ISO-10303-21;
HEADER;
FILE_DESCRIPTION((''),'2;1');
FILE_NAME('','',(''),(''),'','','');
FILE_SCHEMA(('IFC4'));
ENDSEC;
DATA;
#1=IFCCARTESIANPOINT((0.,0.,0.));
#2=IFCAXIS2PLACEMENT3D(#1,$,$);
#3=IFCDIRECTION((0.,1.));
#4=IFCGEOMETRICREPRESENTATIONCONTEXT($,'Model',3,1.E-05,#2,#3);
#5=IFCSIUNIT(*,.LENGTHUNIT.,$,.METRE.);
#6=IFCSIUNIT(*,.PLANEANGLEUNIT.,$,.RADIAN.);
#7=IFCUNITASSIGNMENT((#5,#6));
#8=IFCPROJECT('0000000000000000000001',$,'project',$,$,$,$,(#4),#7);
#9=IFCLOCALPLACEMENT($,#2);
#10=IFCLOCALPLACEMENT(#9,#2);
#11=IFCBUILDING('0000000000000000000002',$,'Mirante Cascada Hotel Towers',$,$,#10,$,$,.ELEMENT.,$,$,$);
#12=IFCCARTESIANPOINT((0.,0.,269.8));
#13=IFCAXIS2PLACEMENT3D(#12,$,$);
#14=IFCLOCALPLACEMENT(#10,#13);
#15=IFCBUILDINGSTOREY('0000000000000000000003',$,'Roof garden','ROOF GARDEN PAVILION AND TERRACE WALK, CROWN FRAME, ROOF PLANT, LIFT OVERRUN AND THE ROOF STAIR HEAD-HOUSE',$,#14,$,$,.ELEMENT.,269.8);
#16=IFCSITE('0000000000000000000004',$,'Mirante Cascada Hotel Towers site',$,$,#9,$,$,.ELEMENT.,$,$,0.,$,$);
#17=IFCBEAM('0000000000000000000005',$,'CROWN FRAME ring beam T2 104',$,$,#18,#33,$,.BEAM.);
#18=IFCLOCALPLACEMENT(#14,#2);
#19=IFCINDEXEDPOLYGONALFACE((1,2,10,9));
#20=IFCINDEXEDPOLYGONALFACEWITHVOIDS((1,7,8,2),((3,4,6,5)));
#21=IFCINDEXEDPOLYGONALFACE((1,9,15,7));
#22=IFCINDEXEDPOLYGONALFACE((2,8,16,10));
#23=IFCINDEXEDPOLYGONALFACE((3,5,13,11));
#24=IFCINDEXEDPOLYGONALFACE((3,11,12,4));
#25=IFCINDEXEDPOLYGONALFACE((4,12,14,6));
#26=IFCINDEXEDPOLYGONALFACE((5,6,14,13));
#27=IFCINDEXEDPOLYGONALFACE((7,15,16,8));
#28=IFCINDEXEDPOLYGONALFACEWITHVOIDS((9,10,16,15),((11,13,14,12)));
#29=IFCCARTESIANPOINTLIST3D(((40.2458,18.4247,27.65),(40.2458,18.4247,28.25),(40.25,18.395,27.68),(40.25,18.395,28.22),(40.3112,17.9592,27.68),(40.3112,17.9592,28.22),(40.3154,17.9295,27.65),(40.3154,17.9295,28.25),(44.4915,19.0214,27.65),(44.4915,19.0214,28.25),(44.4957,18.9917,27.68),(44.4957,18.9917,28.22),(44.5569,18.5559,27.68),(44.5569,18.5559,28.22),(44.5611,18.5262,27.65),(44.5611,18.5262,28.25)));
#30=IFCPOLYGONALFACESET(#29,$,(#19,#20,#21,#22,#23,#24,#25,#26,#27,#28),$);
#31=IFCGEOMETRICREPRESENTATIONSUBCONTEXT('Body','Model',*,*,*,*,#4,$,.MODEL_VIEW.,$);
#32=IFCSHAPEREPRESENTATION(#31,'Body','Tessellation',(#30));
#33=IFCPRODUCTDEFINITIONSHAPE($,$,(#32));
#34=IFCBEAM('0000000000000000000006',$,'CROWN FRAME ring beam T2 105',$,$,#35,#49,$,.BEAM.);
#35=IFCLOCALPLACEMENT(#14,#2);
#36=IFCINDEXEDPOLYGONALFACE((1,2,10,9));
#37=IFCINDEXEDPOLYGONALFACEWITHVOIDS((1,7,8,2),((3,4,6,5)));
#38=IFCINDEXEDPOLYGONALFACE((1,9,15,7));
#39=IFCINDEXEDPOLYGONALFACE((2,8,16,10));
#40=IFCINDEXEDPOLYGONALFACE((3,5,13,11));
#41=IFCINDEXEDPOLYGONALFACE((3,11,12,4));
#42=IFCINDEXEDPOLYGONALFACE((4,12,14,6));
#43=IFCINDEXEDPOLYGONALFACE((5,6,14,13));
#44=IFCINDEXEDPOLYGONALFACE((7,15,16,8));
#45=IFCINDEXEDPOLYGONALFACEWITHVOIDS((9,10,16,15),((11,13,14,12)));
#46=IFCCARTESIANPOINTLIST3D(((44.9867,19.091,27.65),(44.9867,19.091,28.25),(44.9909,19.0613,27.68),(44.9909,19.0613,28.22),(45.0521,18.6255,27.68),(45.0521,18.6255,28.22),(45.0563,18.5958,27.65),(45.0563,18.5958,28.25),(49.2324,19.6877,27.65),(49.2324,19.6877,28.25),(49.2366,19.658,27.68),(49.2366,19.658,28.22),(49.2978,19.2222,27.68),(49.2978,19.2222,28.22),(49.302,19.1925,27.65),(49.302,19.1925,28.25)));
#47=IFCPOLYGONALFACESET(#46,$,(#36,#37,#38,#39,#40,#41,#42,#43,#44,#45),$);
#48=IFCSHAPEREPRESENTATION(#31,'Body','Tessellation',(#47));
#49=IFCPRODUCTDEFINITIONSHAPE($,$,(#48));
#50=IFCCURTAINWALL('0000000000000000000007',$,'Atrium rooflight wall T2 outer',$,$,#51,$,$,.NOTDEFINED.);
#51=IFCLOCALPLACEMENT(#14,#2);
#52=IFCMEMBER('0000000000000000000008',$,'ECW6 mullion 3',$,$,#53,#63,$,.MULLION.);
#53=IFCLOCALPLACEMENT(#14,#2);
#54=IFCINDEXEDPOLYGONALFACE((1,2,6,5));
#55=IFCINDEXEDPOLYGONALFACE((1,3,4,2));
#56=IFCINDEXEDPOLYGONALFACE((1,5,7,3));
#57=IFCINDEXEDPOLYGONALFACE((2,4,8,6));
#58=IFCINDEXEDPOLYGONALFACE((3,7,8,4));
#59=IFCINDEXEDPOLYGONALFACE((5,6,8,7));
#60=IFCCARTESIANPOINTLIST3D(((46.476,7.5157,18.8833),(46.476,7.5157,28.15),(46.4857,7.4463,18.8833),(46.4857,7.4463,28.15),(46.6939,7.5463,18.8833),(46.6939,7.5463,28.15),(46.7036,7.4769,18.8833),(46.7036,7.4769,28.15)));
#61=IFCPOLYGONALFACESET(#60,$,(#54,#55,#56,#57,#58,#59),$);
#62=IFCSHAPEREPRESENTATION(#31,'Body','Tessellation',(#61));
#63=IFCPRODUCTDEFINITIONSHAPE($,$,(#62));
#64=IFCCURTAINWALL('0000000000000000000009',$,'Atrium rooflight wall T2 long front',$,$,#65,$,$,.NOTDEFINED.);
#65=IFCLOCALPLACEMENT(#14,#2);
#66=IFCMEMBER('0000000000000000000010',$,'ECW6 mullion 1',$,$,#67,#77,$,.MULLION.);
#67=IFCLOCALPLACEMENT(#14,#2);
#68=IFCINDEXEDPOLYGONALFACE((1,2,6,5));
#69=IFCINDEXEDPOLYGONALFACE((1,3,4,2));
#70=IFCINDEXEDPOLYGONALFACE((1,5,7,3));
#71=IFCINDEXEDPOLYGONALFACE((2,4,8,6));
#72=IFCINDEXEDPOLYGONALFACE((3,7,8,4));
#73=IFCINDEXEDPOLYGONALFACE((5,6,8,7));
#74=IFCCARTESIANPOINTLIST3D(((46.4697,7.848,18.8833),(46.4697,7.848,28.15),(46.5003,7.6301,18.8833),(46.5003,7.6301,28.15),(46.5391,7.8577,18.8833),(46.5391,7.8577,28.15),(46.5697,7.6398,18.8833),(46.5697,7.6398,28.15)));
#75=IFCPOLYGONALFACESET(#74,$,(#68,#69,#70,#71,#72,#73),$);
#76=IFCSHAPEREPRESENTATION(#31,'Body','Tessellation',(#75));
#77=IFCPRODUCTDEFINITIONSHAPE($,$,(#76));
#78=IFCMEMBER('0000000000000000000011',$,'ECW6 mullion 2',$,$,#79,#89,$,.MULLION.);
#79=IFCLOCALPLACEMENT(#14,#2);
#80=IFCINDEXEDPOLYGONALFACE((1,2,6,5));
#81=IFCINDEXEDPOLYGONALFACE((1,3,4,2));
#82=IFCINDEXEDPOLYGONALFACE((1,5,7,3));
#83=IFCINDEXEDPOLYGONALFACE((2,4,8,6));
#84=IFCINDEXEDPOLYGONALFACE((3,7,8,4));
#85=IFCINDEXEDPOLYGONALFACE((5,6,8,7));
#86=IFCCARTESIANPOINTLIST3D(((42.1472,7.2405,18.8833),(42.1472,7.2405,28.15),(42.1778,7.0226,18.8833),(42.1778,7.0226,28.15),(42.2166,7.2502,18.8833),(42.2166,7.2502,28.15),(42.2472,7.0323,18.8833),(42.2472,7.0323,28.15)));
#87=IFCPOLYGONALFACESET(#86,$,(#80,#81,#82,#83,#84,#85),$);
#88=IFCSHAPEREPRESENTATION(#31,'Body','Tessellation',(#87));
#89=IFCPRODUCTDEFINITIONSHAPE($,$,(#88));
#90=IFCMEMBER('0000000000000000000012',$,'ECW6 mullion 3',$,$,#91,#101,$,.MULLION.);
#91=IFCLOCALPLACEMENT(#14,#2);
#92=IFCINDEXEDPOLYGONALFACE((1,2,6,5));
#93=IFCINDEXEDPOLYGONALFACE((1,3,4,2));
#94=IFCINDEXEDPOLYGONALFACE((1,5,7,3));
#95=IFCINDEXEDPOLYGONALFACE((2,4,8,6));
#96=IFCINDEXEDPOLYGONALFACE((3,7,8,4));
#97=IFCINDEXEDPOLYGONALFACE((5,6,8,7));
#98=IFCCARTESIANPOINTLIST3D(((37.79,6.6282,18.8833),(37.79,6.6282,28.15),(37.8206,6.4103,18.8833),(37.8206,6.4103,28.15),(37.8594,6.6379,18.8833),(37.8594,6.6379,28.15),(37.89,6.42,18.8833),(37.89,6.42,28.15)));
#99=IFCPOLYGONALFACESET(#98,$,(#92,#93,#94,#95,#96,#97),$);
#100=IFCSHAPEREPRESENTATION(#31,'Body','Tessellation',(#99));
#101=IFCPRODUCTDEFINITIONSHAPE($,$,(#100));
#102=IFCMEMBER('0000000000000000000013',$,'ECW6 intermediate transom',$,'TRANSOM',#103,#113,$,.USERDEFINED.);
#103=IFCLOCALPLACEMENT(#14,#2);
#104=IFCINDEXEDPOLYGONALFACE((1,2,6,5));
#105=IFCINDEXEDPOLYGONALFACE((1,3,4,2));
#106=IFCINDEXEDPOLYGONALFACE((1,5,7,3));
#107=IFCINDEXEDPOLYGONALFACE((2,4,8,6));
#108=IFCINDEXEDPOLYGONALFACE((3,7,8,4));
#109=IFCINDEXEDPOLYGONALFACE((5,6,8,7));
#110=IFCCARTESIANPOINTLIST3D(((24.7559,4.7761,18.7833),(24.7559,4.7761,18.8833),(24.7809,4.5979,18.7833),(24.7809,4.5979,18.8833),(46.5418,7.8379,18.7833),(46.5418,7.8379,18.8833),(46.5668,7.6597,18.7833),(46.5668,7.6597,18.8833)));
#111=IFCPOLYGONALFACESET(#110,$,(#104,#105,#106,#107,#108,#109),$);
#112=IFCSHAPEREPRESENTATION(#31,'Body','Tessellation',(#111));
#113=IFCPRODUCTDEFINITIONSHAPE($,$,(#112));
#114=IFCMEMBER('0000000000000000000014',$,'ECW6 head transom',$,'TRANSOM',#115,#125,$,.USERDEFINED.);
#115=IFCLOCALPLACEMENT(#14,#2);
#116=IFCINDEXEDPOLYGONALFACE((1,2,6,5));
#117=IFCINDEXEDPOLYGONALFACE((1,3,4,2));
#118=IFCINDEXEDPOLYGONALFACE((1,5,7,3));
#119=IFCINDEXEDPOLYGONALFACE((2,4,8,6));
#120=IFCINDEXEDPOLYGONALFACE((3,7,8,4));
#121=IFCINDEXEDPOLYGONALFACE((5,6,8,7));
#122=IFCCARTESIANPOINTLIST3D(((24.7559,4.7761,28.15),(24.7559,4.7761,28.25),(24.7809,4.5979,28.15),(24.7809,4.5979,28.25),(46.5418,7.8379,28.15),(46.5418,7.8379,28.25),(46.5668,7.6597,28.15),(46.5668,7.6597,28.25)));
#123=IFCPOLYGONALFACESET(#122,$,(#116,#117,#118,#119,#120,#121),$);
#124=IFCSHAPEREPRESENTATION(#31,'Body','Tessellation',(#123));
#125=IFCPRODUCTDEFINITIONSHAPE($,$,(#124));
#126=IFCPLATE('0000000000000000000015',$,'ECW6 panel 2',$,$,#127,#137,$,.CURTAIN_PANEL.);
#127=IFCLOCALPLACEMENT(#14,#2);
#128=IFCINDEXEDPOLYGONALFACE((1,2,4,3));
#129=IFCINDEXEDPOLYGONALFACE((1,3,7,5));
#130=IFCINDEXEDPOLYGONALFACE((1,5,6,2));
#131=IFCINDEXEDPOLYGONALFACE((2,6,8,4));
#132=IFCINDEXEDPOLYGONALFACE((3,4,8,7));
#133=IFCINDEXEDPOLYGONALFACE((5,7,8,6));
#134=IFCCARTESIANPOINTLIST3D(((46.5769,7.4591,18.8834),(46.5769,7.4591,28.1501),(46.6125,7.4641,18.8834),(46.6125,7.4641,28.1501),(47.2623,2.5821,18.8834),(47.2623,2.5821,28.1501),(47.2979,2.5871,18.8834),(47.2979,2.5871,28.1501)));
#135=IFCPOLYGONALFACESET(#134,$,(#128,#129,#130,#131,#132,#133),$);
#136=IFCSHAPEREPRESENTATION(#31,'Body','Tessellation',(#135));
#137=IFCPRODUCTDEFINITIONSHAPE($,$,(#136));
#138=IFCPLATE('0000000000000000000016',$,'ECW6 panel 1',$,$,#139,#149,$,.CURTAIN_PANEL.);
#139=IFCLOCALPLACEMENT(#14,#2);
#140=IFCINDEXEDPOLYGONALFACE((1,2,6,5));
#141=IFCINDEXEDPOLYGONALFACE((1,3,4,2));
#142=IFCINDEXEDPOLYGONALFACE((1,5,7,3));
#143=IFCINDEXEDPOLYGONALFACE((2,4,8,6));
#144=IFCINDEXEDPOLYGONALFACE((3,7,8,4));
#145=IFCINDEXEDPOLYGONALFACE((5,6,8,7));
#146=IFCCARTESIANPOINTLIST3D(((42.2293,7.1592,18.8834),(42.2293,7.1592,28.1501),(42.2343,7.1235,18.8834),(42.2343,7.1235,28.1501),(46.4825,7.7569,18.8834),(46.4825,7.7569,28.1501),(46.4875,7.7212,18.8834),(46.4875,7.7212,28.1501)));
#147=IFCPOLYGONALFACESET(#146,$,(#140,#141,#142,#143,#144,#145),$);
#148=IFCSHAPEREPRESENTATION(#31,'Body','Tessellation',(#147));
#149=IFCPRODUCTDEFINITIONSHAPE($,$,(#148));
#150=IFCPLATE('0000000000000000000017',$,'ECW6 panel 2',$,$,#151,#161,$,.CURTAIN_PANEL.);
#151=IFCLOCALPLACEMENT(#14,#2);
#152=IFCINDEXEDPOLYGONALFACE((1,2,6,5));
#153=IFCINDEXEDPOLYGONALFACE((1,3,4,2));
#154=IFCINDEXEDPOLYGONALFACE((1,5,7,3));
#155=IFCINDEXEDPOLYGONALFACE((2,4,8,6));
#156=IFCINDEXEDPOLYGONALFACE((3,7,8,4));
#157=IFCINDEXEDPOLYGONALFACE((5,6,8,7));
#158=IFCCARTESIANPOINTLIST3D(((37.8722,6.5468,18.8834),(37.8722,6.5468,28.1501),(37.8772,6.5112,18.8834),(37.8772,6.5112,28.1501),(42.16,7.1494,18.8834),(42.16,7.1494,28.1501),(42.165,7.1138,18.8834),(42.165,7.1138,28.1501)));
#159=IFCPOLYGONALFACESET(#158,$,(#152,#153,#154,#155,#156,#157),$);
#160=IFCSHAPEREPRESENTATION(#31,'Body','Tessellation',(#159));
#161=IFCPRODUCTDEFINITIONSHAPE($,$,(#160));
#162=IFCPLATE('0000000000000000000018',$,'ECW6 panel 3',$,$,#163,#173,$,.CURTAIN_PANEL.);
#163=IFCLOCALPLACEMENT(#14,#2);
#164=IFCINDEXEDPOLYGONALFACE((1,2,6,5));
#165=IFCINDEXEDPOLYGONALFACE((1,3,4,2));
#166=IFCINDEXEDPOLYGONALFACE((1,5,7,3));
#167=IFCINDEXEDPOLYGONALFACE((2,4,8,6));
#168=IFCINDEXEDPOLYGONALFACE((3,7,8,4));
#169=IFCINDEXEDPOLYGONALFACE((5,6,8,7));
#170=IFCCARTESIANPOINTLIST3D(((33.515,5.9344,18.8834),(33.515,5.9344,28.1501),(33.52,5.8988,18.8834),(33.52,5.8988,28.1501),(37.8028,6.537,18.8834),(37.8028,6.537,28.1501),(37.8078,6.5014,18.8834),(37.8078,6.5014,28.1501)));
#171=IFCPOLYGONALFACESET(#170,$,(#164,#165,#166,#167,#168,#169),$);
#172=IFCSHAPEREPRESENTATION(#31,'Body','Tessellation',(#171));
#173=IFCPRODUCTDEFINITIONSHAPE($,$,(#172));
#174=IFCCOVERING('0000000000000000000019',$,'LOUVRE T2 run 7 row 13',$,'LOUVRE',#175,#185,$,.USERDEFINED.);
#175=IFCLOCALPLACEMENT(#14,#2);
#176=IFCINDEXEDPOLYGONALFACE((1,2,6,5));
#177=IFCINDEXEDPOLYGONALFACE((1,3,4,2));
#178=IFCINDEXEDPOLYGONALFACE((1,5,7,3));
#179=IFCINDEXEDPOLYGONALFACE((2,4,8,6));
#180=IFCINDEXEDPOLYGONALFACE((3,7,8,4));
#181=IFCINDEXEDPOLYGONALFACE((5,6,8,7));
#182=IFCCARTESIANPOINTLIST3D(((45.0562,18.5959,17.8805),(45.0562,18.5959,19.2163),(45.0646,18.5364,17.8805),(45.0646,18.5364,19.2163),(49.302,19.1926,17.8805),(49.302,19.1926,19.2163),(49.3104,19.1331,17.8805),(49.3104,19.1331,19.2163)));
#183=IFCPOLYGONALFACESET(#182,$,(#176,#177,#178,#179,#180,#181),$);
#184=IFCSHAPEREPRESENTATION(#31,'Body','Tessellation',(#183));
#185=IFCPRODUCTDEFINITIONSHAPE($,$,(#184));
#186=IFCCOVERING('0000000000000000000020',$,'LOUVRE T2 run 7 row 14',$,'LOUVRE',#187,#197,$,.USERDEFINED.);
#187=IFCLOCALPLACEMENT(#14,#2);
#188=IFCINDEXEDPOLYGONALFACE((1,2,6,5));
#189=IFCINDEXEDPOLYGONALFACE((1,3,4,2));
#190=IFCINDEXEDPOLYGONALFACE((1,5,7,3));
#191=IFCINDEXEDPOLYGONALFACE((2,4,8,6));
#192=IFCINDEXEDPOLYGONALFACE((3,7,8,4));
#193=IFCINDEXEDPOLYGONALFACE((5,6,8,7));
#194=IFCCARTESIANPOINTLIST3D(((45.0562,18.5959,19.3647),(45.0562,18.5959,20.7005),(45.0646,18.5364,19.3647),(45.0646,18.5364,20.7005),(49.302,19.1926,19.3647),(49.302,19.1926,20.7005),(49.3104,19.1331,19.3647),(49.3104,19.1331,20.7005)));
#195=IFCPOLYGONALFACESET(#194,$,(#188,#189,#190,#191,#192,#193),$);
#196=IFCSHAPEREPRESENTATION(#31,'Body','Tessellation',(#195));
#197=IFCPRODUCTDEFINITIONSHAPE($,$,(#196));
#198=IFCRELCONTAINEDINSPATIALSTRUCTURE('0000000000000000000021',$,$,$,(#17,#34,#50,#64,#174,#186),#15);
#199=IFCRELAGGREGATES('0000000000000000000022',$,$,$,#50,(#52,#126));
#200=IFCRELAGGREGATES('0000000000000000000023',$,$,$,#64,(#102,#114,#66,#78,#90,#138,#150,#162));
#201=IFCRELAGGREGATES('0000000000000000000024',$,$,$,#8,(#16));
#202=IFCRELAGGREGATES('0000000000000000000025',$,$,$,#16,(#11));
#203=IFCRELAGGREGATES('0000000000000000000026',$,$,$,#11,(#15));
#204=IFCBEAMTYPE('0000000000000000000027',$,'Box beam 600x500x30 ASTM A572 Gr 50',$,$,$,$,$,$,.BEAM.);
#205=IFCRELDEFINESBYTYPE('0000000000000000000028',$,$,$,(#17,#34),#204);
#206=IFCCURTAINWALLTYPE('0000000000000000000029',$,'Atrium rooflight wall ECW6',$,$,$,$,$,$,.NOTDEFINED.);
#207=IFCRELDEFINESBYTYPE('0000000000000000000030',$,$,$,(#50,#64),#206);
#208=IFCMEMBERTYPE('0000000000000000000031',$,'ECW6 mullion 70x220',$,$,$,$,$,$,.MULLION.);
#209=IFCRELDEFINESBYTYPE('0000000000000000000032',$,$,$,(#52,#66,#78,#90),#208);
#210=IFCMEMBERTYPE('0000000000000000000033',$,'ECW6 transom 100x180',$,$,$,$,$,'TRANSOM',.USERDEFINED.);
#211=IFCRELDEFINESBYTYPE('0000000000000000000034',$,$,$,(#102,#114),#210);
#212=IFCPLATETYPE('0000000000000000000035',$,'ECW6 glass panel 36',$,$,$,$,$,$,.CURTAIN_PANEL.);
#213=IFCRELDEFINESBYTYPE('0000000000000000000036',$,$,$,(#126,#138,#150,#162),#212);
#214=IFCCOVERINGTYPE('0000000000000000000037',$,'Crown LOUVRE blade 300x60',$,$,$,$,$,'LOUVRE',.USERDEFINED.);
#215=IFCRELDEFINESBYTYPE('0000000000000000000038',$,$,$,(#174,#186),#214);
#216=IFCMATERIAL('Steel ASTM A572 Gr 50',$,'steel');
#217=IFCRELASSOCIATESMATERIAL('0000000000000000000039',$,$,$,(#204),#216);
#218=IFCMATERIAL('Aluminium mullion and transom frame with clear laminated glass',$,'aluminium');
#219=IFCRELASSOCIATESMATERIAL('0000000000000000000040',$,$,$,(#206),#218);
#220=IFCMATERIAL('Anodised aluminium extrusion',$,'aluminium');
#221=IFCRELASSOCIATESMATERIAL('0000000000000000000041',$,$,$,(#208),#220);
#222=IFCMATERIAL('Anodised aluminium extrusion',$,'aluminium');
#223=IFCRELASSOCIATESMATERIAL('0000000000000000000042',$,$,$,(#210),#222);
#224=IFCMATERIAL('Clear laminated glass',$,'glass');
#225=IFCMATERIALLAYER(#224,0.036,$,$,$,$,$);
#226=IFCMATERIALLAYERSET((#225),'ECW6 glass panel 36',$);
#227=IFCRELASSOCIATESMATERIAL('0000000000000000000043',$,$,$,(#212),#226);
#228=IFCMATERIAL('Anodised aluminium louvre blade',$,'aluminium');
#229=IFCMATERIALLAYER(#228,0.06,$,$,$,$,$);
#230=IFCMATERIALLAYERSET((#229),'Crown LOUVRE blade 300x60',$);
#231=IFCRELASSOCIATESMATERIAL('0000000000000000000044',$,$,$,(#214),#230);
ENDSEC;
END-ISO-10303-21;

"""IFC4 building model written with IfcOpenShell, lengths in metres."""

from ifc_helpers import new_model, si_unit, direction, frame, origin, origin_2d, place, context, subcontext, project, spatial, rectangle, hollow_rectangle, extrude, material, layer, layer_set, material_profile, profile_set, type_object, element, aggregate, save


model = new_model("IFC4")

# Units and contexts
model_context = context("Model", 3, precision=1e-05, world=origin(), true_north=direction((0.0, 1.0)))
body_context = subcontext(model_context, "Body", "Model", "MODEL_VIEW")
ifc_project = project(units=[si_unit("LENGTHUNIT", "METRE"), si_unit("PLANEANGLEUNIT", "RADIAN")], contexts=[model_context])

# Site, building, storey
site_placement = place(None, origin())
site = spatial("IfcSite", under=ifc_project, at=site_placement, Name="Mirante Cascada Hotel Towers site", CompositionType="ELEMENT", RefElevation=0.0)
building_placement = place(site_placement, origin())
building = spatial("IfcBuilding", under=site, at=building_placement, Name="Mirante Cascada Hotel Towers", CompositionType="ELEMENT")
storey_placement = place(building_placement, frame((0.0, 0.0, 269.8)))
storey = spatial("IfcBuildingStorey", under=building, at=storey_placement, Name="Roof garden", Description="ROOF GARDEN PAVILION AND TERRACE WALK, CROWN FRAME, ROOF PLANT, LIFT OVERRUN AND THE ROOF STAIR HEAD-HOUSE", CompositionType="ELEMENT", Elevation=269.8)

# Beams
ifc_material_1 = material(Name="Steel ASTM A572 Gr 50", Category="steel")
ifc_material_profile_1 = material_profile(ifc_material_1, hollow_rectangle(XDim=0.5, YDim=0.6, WallThickness=0.03, at=origin_2d()), Name="Box beam 600x500x30 ASTM A572 Gr 50")
ifc_profile_set_1 = profile_set([ifc_material_profile_1], Name="Steel ASTM A572 Gr 50")
beam_type = type_object("IfcBeamType", Name="Box beam 600x500x30 ASTM A572 Gr 50", PredefinedType="BEAM", material=ifc_profile_set_1)
for number, where, z_axis, x_axis, name in (
    (1, (40.2806, 18.1771, 27.95), (0.990268, 0.139174, 0.0), (-0.139174, 0.990268, 0.0), "CROWN FRAME ring beam T2 104"),
    (2, (45.0215, 18.8434, 27.95), (0.990268, 0.139174, 0.0), (-0.139174, 0.990268, 0.0), "CROWN FRAME ring beam T2 105"),
):
    element("IfcBeam", number, at=place(storey_placement, frame(where, z_axis=z_axis, x_axis=x_axis)), inside=storey, type_object=beam_type, Name=name, PredefinedType="BEAM", context=body_context, shape_type="SweptSolid", body=[
        extrude(hollow_rectangle(XDim=0.5, YDim=0.6, WallThickness=0.03, at=origin_2d()), origin(), (0.0, 0.0, 1.0), 4.2874),
    ])

# Curtain wall, member
ifc_material_2 = material(Name="Aluminium mullion and transom frame with clear laminated glass", Category="aluminium")
curtain_wall_type = type_object("IfcCurtainWallType", Name="Atrium rooflight wall ECW6", PredefinedType="NOTDEFINED", material=ifc_material_2)
curtain_wall_1_placement = place(storey_placement, origin())
curtain_wall_1 = element("IfcCurtainWall", 3, at=curtain_wall_1_placement, inside=storey, type_object=curtain_wall_type, Name="Atrium rooflight wall T2 outer", PredefinedType="NOTDEFINED")
ifc_material_3 = material(Name="Anodised aluminium extrusion", Category="aluminium")
ifc_material_profile_2 = material_profile(ifc_material_3, rectangle(XDim=0.22, YDim=0.07, at=origin_2d()), Name="ECW6 MULLION 70x220")
ifc_profile_set_2 = profile_set([ifc_material_profile_2], Name="Anodised aluminium extrusion")
member_type_1 = type_object("IfcMemberType", Name="ECW6 mullion 70x220", PredefinedType="MULLION", material=ifc_profile_set_2)
member_1_placement = place(storey_placement, frame((46.5898, 7.4963, 18.8833), z_axis=(0.0, 0.0, 1.0), x_axis=(-0.990268, -0.139173, 0.0)))
member_1 = element("IfcMember", 4, at=member_1_placement, type_object=member_type_1, Name="ECW6 mullion 3", PredefinedType="MULLION", context=body_context, shape_type="SweptSolid", body=[
    extrude(rectangle(XDim=0.22, YDim=0.07, at=origin_2d()), origin(), (0.0, 0.0, 1.0), 9.2667),
])

# Curtain wall, members
curtain_wall_2_placement = place(storey_placement, origin())
curtain_wall_2 = element("IfcCurtainWall", 5, at=curtain_wall_2_placement, inside=storey, type_object=curtain_wall_type, Name="Atrium rooflight wall T2 long front", PredefinedType="NOTDEFINED")
member_2_placement = place(storey_placement, frame((46.5197, 7.7439, 18.8833), z_axis=(0.0, 0.0, 1.0), x_axis=(0.139173, -0.990268, 0.0)))
member_2 = element("IfcMember", 6, at=member_2_placement, type_object=member_type_1, Name="ECW6 mullion 1", PredefinedType="MULLION", context=body_context, shape_type="SweptSolid", body=[
    extrude(rectangle(XDim=0.22, YDim=0.07, at=origin_2d()), origin(), (0.0, 0.0, 1.0), 9.2667),
])
member_3_placement = place(storey_placement, frame((42.1972, 7.1364, 18.8833), z_axis=(0.0, 0.0, 1.0), x_axis=(0.139173, -0.990268, 0.0)))
member_3 = element("IfcMember", 7, at=member_3_placement, type_object=member_type_1, Name="ECW6 mullion 2", PredefinedType="MULLION", context=body_context, shape_type="SweptSolid", body=[
    extrude(rectangle(XDim=0.22, YDim=0.07, at=origin_2d()), origin(), (0.0, 0.0, 1.0), 9.2667),
])
member_4_placement = place(storey_placement, frame((37.84, 6.5241, 18.8833), z_axis=(0.0, 0.0, 1.0), x_axis=(0.139173, -0.990268, 0.0)))
member_4 = element("IfcMember", 8, at=member_4_placement, type_object=member_type_1, Name="ECW6 mullion 3", PredefinedType="MULLION", context=body_context, shape_type="SweptSolid", body=[
    extrude(rectangle(XDim=0.22, YDim=0.07, at=origin_2d()), origin(), (0.0, 0.0, 1.0), 9.2667),
])
ifc_material_4 = material(Name="Anodised aluminium extrusion", Category="aluminium")
ifc_material_profile_3 = material_profile(ifc_material_4, rectangle(XDim=0.18, YDim=0.1, at=origin_2d()), Name="ECW6 TRANSOM 100x180")
ifc_profile_set_3 = profile_set([ifc_material_profile_3], Name="Anodised aluminium extrusion")
member_type_2 = type_object("IfcMemberType", Name="ECW6 transom 100x180", ElementType="TRANSOM", PredefinedType="USERDEFINED", material=ifc_profile_set_3)
member_5_placement = place(storey_placement, frame((46.5543, 7.7488, 18.8333), z_axis=(-0.990268, -0.139173, 0.0), x_axis=(0.139173, -0.990268, 0.0)))
member_5 = element("IfcMember", 9, at=member_5_placement, type_object=member_type_2, Name="ECW6 intermediate transom", ObjectType="TRANSOM", PredefinedType="USERDEFINED", context=body_context, shape_type="SweptSolid", body=[
    extrude(rectangle(XDim=0.18, YDim=0.1, at=origin_2d()), origin(), (0.0, 0.0, 1.0), 22.0),
])
member_6_placement = place(storey_placement, frame((46.5543, 7.7488, 28.2), z_axis=(-0.990268, -0.139173, 0.0), x_axis=(0.139173, -0.990268, 0.0)))
member_6 = element("IfcMember", 10, at=member_6_placement, type_object=member_type_2, Name="ECW6 head transom", ObjectType="TRANSOM", PredefinedType="USERDEFINED", context=body_context, shape_type="SweptSolid", body=[
    extrude(rectangle(XDim=0.18, YDim=0.1, at=origin_2d()), origin(), (0.0, 0.0, 1.0), 22.0),
])

# Plates
ifc_material_5 = material(Name="Clear laminated glass", Category="glass")
ifc_layer_1 = layer(ifc_material_5, 0.036)
ifc_layer_set_1 = layer_set([ifc_layer_1], Name="ECW6 glass panel 36")
plate_type = type_object("IfcPlateType", Name="ECW6 glass panel 36", PredefinedType="CURTAIN_PANEL", material=ifc_layer_set_1)
plate_1_placement = place(storey_placement, frame((46.9374, 5.0231, 18.8834), z_axis=(0.0, 0.0, 1.0), x_axis=(-0.139173, 0.990268, 0.0)))
plate_1 = element("IfcPlate", 11, at=plate_1_placement, type_object=plate_type, Name="ECW6 panel 2", PredefinedType="CURTAIN_PANEL", context=body_context, shape_type="SweptSolid", body=[
    extrude(rectangle(XDim=4.925, YDim=0.036, at=origin_2d()), origin(), (0.0, 0.0, 1.0), 9.2667),
])
aggregate(curtain_wall_1, [member_1, plate_1])
plate_2_placement = place(storey_placement, frame((44.3584, 7.4402, 18.8834), z_axis=(0.0, 0.0, 1.0), x_axis=(-0.990268, -0.139173, 0.0)))
plate_2 = element("IfcPlate", 12, at=plate_2_placement, type_object=plate_type, Name="ECW6 panel 1", PredefinedType="CURTAIN_PANEL", context=body_context, shape_type="SweptSolid", body=[
    extrude(rectangle(XDim=4.295, YDim=0.036, at=origin_2d()), origin(), (0.0, 0.0, 1.0), 9.2667),
])
plate_3_placement = place(storey_placement, frame((40.0186, 6.8303, 18.8834), z_axis=(0.0, 0.0, 1.0), x_axis=(-0.990268, -0.139173, 0.0)))
plate_3 = element("IfcPlate", 13, at=plate_3_placement, type_object=plate_type, Name="ECW6 panel 2", PredefinedType="CURTAIN_PANEL", context=body_context, shape_type="SweptSolid", body=[
    extrude(rectangle(XDim=4.33, YDim=0.036, at=origin_2d()), origin(), (0.0, 0.0, 1.0), 9.2667),
])
plate_4_placement = place(storey_placement, frame((35.6614, 6.2179, 18.8834), z_axis=(0.0, 0.0, 1.0), x_axis=(-0.990268, -0.139173, 0.0)))
plate_4 = element("IfcPlate", 14, at=plate_4_placement, type_object=plate_type, Name="ECW6 panel 3", PredefinedType="CURTAIN_PANEL", context=body_context, shape_type="SweptSolid", body=[
    extrude(rectangle(XDim=4.33, YDim=0.036, at=origin_2d()), origin(), (0.0, 0.0, 1.0), 9.2667),
])
aggregate(curtain_wall_2, [member_5, member_6, member_2, member_3, member_4, plate_2, plate_3, plate_4])

# Coverings
ifc_material_6 = material(Name="Anodised aluminium louvre blade", Category="aluminium")
ifc_layer_2 = layer(ifc_material_6, 0.06)
ifc_layer_set_2 = layer_set([ifc_layer_2], Name="Crown LOUVRE blade 300x60")
covering_type_1 = type_object("IfcCoveringType", Name="Crown LOUVRE blade 300x60", ElementType="LOUVRE", PredefinedType="USERDEFINED", material=ifc_layer_set_2)
for number, where, z_axis, x_axis, name in (
    (15, (47.1833, 18.8645, 17.8805), (0.0, 0.0, 1.0), (0.990268, 0.139173, 0.0), "LOUVRE T2 run 7 row 13"),
    (16, (47.1833, 18.8645, 19.3647), (0.0, 0.0, 1.0), (0.990268, 0.139173, 0.0), "LOUVRE T2 run 7 row 14"),
):
    element("IfcCovering", number, at=place(storey_placement, frame(where, z_axis=z_axis, x_axis=x_axis)), inside=storey, type_object=covering_type_1, Name=name, ObjectType="LOUVRE", PredefinedType="USERDEFINED", context=body_context, shape_type="SweptSolid", body=[
        extrude(rectangle(XDim=4.2875, YDim=0.06, at=origin_2d()), origin(), (0.0, 0.0, 1.0), 1.3358),
    ])

save(model, "model.ifc")
